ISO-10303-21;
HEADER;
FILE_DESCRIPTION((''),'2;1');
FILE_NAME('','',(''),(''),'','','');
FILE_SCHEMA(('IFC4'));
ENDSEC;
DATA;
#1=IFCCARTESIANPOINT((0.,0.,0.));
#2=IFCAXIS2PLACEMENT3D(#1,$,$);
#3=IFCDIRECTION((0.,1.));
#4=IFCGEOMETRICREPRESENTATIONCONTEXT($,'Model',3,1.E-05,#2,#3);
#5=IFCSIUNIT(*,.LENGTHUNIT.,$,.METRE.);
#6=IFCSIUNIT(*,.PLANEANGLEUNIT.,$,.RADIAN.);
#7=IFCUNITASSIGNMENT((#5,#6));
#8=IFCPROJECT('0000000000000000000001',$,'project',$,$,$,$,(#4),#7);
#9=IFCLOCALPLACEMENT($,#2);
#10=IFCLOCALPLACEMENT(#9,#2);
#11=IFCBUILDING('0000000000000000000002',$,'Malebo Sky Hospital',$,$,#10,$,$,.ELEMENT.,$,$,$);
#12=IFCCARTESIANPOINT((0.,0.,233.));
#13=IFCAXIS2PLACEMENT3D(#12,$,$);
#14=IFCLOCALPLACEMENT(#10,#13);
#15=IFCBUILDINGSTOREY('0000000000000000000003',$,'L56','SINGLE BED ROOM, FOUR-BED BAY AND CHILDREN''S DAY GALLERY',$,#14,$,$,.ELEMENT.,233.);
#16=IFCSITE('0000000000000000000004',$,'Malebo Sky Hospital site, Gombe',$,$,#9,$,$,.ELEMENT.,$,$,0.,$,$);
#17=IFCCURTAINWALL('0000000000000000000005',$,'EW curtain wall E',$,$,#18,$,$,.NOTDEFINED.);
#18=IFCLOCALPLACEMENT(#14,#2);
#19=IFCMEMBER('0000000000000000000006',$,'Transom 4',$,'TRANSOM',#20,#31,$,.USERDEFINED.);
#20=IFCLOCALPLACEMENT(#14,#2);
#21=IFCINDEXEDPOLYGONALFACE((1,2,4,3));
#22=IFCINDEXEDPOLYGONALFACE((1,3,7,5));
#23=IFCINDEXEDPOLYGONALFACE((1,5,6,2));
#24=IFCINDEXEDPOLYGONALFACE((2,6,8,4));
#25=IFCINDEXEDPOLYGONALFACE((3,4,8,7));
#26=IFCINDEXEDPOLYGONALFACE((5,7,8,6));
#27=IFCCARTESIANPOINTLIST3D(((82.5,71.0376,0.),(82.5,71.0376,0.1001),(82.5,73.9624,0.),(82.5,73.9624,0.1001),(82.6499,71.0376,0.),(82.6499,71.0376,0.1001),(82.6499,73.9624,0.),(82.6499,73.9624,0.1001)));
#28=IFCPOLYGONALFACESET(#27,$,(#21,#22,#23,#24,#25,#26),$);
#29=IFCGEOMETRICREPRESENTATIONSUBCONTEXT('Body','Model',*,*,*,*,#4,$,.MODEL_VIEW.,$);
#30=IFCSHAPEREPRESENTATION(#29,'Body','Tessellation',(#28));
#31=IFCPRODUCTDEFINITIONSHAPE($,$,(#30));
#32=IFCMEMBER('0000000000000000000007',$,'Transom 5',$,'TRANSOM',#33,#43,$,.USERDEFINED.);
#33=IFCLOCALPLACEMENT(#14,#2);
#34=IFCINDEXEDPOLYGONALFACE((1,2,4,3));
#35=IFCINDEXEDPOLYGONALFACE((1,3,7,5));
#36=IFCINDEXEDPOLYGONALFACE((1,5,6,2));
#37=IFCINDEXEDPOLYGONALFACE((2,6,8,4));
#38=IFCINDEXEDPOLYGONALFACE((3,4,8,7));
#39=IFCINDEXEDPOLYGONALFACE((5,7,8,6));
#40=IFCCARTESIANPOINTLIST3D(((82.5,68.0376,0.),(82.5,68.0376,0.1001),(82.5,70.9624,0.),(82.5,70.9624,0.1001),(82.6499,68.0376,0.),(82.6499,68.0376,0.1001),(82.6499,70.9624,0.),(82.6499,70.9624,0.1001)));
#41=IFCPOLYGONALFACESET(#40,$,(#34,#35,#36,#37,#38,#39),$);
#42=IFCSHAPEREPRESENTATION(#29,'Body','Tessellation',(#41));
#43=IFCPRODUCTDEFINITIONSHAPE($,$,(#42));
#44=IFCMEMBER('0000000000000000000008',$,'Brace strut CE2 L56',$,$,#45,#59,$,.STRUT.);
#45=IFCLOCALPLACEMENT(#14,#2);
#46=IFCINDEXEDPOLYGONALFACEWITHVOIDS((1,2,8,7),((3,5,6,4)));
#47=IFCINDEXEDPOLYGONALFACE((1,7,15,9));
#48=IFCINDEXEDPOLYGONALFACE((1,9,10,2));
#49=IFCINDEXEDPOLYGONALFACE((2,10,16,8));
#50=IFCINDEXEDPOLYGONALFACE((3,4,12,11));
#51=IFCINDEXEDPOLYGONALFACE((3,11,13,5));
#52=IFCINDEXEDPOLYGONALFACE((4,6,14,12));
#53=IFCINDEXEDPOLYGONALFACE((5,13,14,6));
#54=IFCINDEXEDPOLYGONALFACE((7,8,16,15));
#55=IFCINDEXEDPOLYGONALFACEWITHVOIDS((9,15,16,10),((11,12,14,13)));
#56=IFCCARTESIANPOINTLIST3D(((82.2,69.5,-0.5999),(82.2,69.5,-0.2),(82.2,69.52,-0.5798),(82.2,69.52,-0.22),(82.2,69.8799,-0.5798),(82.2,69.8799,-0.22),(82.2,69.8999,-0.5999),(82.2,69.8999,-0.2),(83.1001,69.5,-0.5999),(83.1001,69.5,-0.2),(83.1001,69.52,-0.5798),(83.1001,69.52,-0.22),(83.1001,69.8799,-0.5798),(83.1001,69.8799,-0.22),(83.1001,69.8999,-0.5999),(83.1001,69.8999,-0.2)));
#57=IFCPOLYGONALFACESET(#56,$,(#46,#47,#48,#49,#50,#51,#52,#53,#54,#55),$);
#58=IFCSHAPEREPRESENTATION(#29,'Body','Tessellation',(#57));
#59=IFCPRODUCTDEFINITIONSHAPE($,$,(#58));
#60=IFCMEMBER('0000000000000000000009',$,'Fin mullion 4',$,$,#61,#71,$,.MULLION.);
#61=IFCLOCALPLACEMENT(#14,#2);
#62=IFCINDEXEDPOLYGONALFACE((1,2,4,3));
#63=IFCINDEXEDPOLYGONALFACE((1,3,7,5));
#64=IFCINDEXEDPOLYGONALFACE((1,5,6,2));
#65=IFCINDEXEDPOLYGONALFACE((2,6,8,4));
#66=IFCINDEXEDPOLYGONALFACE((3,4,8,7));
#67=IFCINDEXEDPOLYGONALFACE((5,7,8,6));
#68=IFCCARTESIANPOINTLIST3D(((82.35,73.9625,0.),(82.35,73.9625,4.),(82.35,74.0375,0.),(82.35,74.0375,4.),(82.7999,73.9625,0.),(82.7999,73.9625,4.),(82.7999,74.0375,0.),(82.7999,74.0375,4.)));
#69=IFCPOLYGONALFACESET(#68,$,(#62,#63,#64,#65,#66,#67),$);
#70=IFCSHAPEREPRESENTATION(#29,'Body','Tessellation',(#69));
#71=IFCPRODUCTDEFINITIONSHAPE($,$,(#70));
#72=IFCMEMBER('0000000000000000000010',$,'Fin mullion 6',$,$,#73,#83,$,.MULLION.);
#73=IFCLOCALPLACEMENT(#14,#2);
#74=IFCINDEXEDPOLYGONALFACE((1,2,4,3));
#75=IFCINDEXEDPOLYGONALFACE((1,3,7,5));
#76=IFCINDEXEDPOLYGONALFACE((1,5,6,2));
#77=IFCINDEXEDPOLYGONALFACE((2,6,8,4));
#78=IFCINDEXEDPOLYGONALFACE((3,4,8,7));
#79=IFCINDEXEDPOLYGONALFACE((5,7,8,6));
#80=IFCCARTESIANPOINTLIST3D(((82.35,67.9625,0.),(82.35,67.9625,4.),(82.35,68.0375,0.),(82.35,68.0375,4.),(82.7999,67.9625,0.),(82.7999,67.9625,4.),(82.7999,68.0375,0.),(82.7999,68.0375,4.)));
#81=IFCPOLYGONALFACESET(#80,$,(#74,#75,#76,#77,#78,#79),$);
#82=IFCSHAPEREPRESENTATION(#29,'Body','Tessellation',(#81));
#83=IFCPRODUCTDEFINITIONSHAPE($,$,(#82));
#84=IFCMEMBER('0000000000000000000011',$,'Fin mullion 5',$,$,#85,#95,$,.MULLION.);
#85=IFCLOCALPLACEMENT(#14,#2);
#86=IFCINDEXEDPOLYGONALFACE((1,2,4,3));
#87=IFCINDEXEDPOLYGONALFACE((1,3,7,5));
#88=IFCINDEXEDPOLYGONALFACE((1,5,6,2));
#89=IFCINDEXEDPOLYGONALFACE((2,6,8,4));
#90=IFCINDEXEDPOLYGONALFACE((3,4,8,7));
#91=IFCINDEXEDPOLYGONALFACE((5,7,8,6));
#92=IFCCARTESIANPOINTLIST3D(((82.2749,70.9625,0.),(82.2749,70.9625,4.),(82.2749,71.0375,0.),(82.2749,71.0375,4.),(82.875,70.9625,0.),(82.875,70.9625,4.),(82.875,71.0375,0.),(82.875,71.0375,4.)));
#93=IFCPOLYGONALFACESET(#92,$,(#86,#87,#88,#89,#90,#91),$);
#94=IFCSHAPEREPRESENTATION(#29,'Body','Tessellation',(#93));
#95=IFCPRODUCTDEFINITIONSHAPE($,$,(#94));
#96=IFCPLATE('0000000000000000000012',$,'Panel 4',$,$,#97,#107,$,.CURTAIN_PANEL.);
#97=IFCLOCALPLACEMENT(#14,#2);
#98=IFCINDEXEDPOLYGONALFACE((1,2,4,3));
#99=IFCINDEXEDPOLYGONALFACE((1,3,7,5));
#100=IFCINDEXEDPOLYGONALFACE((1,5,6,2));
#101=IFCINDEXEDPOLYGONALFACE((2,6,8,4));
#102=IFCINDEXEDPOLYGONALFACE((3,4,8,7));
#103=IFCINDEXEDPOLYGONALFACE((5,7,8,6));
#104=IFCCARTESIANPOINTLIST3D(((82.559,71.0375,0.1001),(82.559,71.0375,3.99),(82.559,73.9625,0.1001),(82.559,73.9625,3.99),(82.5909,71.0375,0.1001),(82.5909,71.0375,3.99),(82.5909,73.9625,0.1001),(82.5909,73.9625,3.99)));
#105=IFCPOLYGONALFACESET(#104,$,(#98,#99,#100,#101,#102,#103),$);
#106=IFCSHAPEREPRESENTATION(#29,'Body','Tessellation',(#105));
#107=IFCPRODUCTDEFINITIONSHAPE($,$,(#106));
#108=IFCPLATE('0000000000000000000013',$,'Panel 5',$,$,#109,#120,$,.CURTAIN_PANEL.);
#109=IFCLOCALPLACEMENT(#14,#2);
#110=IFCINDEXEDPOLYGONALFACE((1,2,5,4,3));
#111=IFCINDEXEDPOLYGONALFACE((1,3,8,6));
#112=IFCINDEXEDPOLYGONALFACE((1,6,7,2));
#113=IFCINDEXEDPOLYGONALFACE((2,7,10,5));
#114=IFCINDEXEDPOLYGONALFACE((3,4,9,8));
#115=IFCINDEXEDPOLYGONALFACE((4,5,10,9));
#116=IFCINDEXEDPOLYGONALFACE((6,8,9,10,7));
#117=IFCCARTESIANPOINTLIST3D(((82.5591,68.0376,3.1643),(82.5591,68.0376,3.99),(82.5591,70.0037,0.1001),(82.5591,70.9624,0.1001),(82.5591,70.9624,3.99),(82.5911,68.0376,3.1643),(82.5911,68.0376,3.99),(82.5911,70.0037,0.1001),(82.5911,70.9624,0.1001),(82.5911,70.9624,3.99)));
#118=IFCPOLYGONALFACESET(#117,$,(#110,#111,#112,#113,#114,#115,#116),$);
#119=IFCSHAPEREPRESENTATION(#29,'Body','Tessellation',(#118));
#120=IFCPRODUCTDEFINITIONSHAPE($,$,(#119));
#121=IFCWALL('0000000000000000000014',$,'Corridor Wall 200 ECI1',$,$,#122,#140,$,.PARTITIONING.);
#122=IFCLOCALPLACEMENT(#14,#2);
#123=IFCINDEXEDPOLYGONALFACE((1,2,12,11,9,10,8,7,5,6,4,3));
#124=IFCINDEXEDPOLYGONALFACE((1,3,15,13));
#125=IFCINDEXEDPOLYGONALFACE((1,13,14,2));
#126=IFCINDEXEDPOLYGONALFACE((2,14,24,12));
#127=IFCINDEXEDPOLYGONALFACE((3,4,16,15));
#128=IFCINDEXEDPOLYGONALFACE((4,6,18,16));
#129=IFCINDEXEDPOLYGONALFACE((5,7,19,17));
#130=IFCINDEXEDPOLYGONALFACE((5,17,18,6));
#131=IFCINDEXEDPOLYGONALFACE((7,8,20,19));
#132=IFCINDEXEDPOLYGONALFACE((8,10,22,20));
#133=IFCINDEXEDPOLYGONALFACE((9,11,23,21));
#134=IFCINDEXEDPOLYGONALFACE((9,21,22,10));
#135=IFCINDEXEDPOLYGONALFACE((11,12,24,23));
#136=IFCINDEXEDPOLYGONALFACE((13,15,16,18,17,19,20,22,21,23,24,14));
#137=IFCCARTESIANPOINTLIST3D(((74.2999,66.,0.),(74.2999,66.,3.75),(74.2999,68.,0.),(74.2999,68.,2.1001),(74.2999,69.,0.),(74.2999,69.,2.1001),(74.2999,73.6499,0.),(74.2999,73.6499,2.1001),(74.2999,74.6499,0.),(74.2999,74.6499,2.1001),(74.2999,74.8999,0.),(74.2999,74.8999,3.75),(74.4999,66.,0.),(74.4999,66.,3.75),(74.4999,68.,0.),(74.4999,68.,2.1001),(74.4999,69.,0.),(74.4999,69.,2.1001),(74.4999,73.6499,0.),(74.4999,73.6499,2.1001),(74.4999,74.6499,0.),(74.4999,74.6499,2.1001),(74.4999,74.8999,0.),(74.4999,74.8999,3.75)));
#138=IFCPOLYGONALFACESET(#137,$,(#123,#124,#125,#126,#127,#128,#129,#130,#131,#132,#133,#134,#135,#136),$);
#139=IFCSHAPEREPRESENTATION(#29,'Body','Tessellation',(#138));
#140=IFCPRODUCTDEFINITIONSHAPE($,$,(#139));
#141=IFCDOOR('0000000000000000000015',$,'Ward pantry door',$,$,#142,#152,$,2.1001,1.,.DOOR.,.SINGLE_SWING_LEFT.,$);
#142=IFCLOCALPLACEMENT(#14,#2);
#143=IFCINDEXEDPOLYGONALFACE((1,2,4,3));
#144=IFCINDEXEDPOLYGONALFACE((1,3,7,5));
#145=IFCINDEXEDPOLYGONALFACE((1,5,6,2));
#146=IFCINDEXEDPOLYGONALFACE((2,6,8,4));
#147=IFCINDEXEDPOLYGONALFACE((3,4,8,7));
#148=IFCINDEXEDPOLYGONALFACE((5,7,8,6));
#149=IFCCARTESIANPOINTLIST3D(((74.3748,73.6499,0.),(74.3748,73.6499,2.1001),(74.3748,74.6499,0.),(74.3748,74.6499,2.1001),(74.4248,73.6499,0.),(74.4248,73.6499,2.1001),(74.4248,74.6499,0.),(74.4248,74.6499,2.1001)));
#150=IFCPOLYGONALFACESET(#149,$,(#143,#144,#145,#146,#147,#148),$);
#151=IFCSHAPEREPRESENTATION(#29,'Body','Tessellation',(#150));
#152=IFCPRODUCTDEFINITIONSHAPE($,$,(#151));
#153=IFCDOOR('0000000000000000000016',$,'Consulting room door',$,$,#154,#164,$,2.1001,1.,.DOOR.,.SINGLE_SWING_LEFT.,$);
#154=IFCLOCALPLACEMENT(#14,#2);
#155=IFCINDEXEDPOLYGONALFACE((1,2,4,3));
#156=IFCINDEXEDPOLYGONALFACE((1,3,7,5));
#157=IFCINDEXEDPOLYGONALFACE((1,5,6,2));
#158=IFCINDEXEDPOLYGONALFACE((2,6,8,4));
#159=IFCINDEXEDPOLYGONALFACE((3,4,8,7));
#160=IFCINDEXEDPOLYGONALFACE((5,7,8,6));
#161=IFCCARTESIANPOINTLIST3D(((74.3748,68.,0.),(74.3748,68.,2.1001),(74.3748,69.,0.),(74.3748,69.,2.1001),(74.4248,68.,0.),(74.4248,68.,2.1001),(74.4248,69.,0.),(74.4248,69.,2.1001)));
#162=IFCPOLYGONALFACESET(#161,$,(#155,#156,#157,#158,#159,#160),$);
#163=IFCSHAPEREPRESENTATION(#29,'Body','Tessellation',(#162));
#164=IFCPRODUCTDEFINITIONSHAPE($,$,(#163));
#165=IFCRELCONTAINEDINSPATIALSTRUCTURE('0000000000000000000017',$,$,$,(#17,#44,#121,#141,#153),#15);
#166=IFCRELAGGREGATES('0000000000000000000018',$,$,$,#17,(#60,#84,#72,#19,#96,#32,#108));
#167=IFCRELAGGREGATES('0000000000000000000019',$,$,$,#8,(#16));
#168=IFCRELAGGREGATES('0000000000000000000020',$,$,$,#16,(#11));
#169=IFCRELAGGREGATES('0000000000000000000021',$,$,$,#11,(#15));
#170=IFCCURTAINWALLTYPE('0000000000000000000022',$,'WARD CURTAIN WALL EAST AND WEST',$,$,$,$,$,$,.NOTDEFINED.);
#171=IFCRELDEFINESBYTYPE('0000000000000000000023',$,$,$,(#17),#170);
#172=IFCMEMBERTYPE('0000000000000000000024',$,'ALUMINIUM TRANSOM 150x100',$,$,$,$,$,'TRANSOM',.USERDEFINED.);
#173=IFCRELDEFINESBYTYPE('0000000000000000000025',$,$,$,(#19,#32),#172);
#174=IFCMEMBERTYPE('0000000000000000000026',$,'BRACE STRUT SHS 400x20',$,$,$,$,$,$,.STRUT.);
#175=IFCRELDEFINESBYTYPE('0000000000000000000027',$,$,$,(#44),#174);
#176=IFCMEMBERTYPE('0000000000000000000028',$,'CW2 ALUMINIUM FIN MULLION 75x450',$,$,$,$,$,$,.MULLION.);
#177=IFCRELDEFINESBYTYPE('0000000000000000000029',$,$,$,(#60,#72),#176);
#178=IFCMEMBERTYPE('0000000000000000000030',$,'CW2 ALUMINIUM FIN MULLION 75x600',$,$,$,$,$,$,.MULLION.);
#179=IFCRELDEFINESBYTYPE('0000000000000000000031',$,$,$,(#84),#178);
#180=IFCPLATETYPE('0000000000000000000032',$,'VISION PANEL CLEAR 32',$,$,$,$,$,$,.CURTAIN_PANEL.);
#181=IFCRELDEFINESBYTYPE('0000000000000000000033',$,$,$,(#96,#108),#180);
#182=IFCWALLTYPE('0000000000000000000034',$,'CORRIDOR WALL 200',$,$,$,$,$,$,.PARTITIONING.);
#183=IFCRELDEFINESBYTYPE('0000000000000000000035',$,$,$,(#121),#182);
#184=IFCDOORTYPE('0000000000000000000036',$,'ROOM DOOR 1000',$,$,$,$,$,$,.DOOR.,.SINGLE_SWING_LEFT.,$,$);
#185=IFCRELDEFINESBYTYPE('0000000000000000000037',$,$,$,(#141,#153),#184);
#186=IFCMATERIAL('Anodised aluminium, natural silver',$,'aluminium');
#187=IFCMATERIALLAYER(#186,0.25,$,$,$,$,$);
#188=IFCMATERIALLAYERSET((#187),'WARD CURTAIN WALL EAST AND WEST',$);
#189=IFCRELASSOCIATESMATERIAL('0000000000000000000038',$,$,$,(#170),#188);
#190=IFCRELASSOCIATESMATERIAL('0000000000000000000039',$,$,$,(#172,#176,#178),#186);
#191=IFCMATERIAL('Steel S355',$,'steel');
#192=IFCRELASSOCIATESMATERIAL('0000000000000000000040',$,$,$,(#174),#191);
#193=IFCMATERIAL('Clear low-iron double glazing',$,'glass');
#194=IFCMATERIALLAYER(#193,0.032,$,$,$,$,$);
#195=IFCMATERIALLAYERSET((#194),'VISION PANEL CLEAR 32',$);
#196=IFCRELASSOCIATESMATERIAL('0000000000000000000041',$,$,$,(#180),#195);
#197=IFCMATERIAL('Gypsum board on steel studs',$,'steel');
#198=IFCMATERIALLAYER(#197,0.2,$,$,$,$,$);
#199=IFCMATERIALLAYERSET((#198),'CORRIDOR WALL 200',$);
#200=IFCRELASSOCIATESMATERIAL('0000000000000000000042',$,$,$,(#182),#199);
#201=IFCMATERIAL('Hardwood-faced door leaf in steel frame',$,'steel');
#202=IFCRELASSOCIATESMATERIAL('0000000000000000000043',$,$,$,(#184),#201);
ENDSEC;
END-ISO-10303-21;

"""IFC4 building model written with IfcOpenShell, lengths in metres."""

from ifc_helpers import new_model, si_unit, direction, frame, frame_2d, origin, origin_2d, place, context, subcontext, project, spatial, polyline, rectangle, hollow_rectangle, outline, extrude, material, layer, layer_set, material_profile, profile_set, type_object, element, fill, aggregate, save


model = new_model("IFC4")

# Units and contexts
model_context = context("Model", 3, precision=1e-05, world=origin(), true_north=direction((0.0, 1.0)))
body_context = subcontext(model_context, "Body", "Model", "MODEL_VIEW")
ifc_project = project(units=[si_unit("LENGTHUNIT", "METRE"), si_unit("PLANEANGLEUNIT", "RADIAN")], contexts=[model_context])

# Site, building, storey
site_placement = place(None, origin())
site = spatial("IfcSite", under=ifc_project, at=site_placement, Name="Malebo Sky Hospital site, Gombe", CompositionType="ELEMENT", RefElevation=0.0)
building_placement = place(site_placement, origin())
building = spatial("IfcBuilding", under=site, at=building_placement, Name="Malebo Sky Hospital", CompositionType="ELEMENT")
storey_placement = place(building_placement, frame((0.0, 0.0, 233.0)))
storey = spatial("IfcBuildingStorey", under=building, at=storey_placement, Name="L56", Description="SINGLE BED ROOM, FOUR-BED BAY AND CHILDREN'S DAY GALLERY", CompositionType="ELEMENT", Elevation=233.0)

# Curtain wall, members
ifc_material_1 = material(Name="Anodised aluminium, natural silver", Category="aluminium")
ifc_layer_1 = layer(ifc_material_1, 0.25)
ifc_layer_set_1 = layer_set([ifc_layer_1], Name="WARD CURTAIN WALL EAST AND WEST")
curtain_wall_type = type_object("IfcCurtainWallType", Name="WARD CURTAIN WALL EAST AND WEST", PredefinedType="NOTDEFINED", material=ifc_layer_set_1)
curtain_wall_placement = place(storey_placement, origin())
curtain_wall = element("IfcCurtainWall", 1, at=curtain_wall_placement, inside=storey, type_object=curtain_wall_type, Name="EW curtain wall E", PredefinedType="NOTDEFINED")
ifc_material_profile_1 = material_profile(ifc_material_1, rectangle(XDim=0.1499, YDim=0.1001, at=origin_2d()), Name="ALUMINIUM TRANSOM 150x100")
ifc_profile_set_1 = profile_set([ifc_material_profile_1], Name="Anodised aluminium, natural silver")
member_type_1 = type_object("IfcMemberType", Name="ALUMINIUM TRANSOM 150x100", ElementType="TRANSOM", PredefinedType="USERDEFINED", material=ifc_profile_set_1)
member_1_placement = place(storey_placement, frame((82.575, 73.9624, 0.05), z_axis=(0.0, -1.0, 0.0), x_axis=(1.0, 0.0, 0.0)))
member_1 = element("IfcMember", 2, at=member_1_placement, type_object=member_type_1, Name="Transom 4", ObjectType="TRANSOM", PredefinedType="USERDEFINED", context=body_context, shape_type="SweptSolid", body=[
    extrude(rectangle(XDim=0.1499, YDim=0.1001, at=origin_2d()), origin(), (0.0, 0.0, 1.0), 2.9248),
])
member_2_placement = place(storey_placement, frame((82.575, 70.9624, 0.05), z_axis=(0.0, -1.0, 0.0), x_axis=(1.0, 0.0, 0.0)))
member_2 = element("IfcMember", 3, at=member_2_placement, type_object=member_type_1, Name="Transom 5", ObjectType="TRANSOM", PredefinedType="USERDEFINED", context=body_context, shape_type="SweptSolid", body=[
    extrude(rectangle(XDim=0.1499, YDim=0.1001, at=origin_2d()), origin(), (0.0, 0.0, 1.0), 2.9248),
])

# Members
ifc_material_2 = material(Name="Steel S355", Category="steel")
ifc_material_profile_2 = material_profile(ifc_material_2, hollow_rectangle(XDim=0.3999, YDim=0.3999, WallThickness=0.02, at=origin_2d()), Name="SHS 400x20")
ifc_profile_set_2 = profile_set([ifc_material_profile_2], Name="Steel S355")
member_type_2 = type_object("IfcMemberType", Name="BRACE STRUT SHS 400x20", PredefinedType="STRUT", material=ifc_profile_set_2)
member_3_placement = place(storey_placement, frame((83.1001, 69.7, -0.3999), z_axis=(-1.0, 0.0, 0.0), x_axis=(0.0, -1.0, 0.0)))
element("IfcMember", 4, at=member_3_placement, inside=storey, type_object=member_type_2, Name="Brace strut CE2 L56", PredefinedType="STRUT", context=body_context, shape_type="SweptSolid", body=[
    extrude(hollow_rectangle(XDim=0.3999, YDim=0.3999, WallThickness=0.02, at=origin_2d()), origin(), (0.0, 0.0, 1.0), 0.9001),
])
ifc_material_profile_3 = material_profile(ifc_material_1, rectangle(XDim=0.075, YDim=0.45, at=origin_2d()), Name="CW2 ALUMINIUM FIN MULLION 75x450")
ifc_profile_set_3 = profile_set([ifc_material_profile_3], Name="Anodised aluminium, natural silver")
member_type_3 = type_object("IfcMemberType", Name="CW2 ALUMINIUM FIN MULLION 75x450", PredefinedType="MULLION", material=ifc_profile_set_3)
member_4_placement = place(storey_placement, frame((82.575, 74.0, 0.0), z_axis=(0.0, 0.0, 1.0), x_axis=(0.0, -1.0, 0.0)))
member_4 = element("IfcMember", 5, at=member_4_placement, type_object=member_type_3, Name="Fin mullion 4", PredefinedType="MULLION", context=body_context, shape_type="SweptSolid", body=[
    extrude(rectangle(XDim=0.075, YDim=0.45, at=origin_2d()), origin(), (0.0, 0.0, 1.0), 4.0),
])
member_5_placement = place(storey_placement, frame((82.575, 68.0, 0.0), z_axis=(0.0, 0.0, 1.0), x_axis=(0.0, -1.0, 0.0)))
member_5 = element("IfcMember", 6, at=member_5_placement, type_object=member_type_3, Name="Fin mullion 6", PredefinedType="MULLION", context=body_context, shape_type="SweptSolid", body=[
    extrude(rectangle(XDim=0.075, YDim=0.45, at=origin_2d()), origin(), (0.0, 0.0, 1.0), 4.0),
])
ifc_material_profile_4 = material_profile(ifc_material_1, rectangle(XDim=0.075, YDim=0.6001, at=origin_2d()), Name="CW2 ALUMINIUM FIN MULLION 75x600")
ifc_profile_set_4 = profile_set([ifc_material_profile_4], Name="Anodised aluminium, natural silver")
member_type_4 = type_object("IfcMemberType", Name="CW2 ALUMINIUM FIN MULLION 75x600", PredefinedType="MULLION", material=ifc_profile_set_4)
member_6_placement = place(storey_placement, frame((82.575, 71.0, 0.0), z_axis=(0.0, 0.0, 1.0), x_axis=(0.0, -1.0, 0.0)))
member_6 = element("IfcMember", 7, at=member_6_placement, type_object=member_type_4, Name="Fin mullion 5", PredefinedType="MULLION", context=body_context, shape_type="SweptSolid", body=[
    extrude(rectangle(XDim=0.075, YDim=0.6001, at=origin_2d()), origin(), (0.0, 0.0, 1.0), 4.0),
])

# Plates
ifc_material_3 = material(Name="Clear low-iron double glazing", Category="glass")
ifc_layer_2 = layer(ifc_material_3, 0.032)
ifc_layer_set_2 = layer_set([ifc_layer_2], Name="VISION PANEL CLEAR 32")
plate_type = type_object("IfcPlateType", Name="VISION PANEL CLEAR 32", PredefinedType="CURTAIN_PANEL", material=ifc_layer_set_2)
plate_1_placement = place(storey_placement, frame((82.575, 72.5, 0.1001), z_axis=(0.0, 0.0, 1.0), x_axis=(0.0, -1.0, 0.0)))
plate_1 = element("IfcPlate", 8, at=plate_1_placement, type_object=plate_type, Name="Panel 4", PredefinedType="CURTAIN_PANEL", context=body_context, shape_type="SweptSolid", body=[
    extrude(rectangle(XDim=2.925, YDim=0.032, at=origin_2d()), origin(), (0.0, 0.0, 1.0), 3.8899),
])
plate_2_placement = place(storey_placement, frame((82.575, 69.5, 0.1001), z_axis=(0.0, 0.0, 1.0), x_axis=(0.0, -1.0, 0.0)))
plate_2 = element("IfcPlate", 9, at=plate_2_placement, type_object=plate_type, Name="Panel 5", PredefinedType="CURTAIN_PANEL", context=body_context, shape_type="SweptSolid", body=[
    extrude(outline(polyline([(-1.4624, 0.0), (-0.5037, 0.0), (1.4624, 3.0642), (1.4624, 3.8899), (-1.4624, 3.8899), (-1.4624, 0.0)])), frame((0.0, 0.0161, 0.0), z_axis=(0.0, -1.0, 0.0), x_axis=(1.0, 0.0, 0.0)), (0.0, 0.0, 1.0), 0.032),
])
aggregate(curtain_wall, [member_4, member_6, member_5, member_1, plate_1, member_2, plate_2])

# Wall, openings, doors
ifc_material_4 = material(Name="Gypsum board on steel studs", Category="steel")
ifc_layer_3 = layer(ifc_material_4, 0.2)
ifc_layer_set_3 = layer_set([ifc_layer_3], Name="CORRIDOR WALL 200")
wall_type_1 = type_object("IfcWallType", Name="CORRIDOR WALL 200", PredefinedType="PARTITIONING", material=ifc_layer_set_3)
wall_1_placement = place(storey_placement, frame((74.3999, 74.8999, 0.0), z_axis=(0.0, 0.0, 1.0), x_axis=(0.0, -1.0, 0.0)))
wall_1 = element("IfcWall", 10, at=wall_1_placement, inside=storey, type_object=wall_type_1, Name="Corridor Wall 200 ECI1", PredefinedType="PARTITIONING", context=body_context, shape_type="SweptSolid", body=[
    extrude(rectangle(XDim=8.8999, YDim=0.2, at=frame_2d((4.45, 0.0))), origin(), (0.0, 0.0, 1.0), 3.75),
])
opening_1_placement = place(wall_1_placement, frame((0.25, 0.0, 0.0)))
opening_1 = element("IfcOpeningElement", 11, at=opening_1_placement, cuts=wall_1, PredefinedType="OPENING", context=body_context, shape_type="SweptSolid", body=[
    extrude(rectangle(XDim=1.0, YDim=2.1001, at=frame_2d((0.5, 1.05))), frame((0.0, 0.1099, 0.0), z_axis=(0.0, -1.0, 0.0), x_axis=(1.0, 0.0, 0.0)), (0.0, 0.0, 1.0), 0.22),
])
opening_2_placement = place(wall_1_placement, frame((5.8999, 0.0, 0.0)))
opening_2 = element("IfcOpeningElement", 12, at=opening_2_placement, cuts=wall_1, PredefinedType="OPENING", context=body_context, shape_type="SweptSolid", body=[
    extrude(rectangle(XDim=1.0, YDim=2.1001, at=frame_2d((0.5, 1.05))), frame((0.0, 0.1099, 0.0), z_axis=(0.0, -1.0, 0.0), x_axis=(1.0, 0.0, 0.0)), (0.0, 0.0, 1.0), 0.22),
])
ifc_material_5 = material(Name="Hardwood-faced door leaf in steel frame", Category="steel")
door_type_1 = type_object("IfcDoorType", Name="ROOM DOOR 1000", OperationType="SINGLE_SWING_LEFT", PredefinedType="DOOR", material=ifc_material_5)
door_1_placement = place(opening_1_placement, origin())
door_1 = element("IfcDoor", 13, at=door_1_placement, inside=storey, type_object=door_type_1, Name="Ward pantry door", OperationType="SINGLE_SWING_LEFT", OverallHeight=2.1001, OverallWidth=1.0, PredefinedType="DOOR", context=body_context, shape_type="SweptSolid", body=[
    extrude(rectangle(XDim=1.0, YDim=2.1001, at=frame_2d((0.5, 1.05))), frame((0.0, 0.0249, 0.0), z_axis=(0.0, -1.0, 0.0), x_axis=(1.0, 0.0, 0.0)), (0.0, 0.0, 1.0), 0.05),
])
fill(opening_1, door_1)
door_2_placement = place(opening_2_placement, origin())
door_2 = element("IfcDoor", 14, at=door_2_placement, inside=storey, type_object=door_type_1, Name="Consulting room door", OperationType="SINGLE_SWING_LEFT", OverallHeight=2.1001, OverallWidth=1.0, PredefinedType="DOOR", context=body_context, shape_type="SweptSolid", body=[
    extrude(rectangle(XDim=1.0, YDim=2.1001, at=frame_2d((0.5, 1.05))), frame((0.0, 0.0249, 0.0), z_axis=(0.0, -1.0, 0.0), x_axis=(1.0, 0.0, 0.0)), (0.0, 0.0, 1.0), 0.05),
])
fill(opening_2, door_2)

save(model, "model.ifc")
